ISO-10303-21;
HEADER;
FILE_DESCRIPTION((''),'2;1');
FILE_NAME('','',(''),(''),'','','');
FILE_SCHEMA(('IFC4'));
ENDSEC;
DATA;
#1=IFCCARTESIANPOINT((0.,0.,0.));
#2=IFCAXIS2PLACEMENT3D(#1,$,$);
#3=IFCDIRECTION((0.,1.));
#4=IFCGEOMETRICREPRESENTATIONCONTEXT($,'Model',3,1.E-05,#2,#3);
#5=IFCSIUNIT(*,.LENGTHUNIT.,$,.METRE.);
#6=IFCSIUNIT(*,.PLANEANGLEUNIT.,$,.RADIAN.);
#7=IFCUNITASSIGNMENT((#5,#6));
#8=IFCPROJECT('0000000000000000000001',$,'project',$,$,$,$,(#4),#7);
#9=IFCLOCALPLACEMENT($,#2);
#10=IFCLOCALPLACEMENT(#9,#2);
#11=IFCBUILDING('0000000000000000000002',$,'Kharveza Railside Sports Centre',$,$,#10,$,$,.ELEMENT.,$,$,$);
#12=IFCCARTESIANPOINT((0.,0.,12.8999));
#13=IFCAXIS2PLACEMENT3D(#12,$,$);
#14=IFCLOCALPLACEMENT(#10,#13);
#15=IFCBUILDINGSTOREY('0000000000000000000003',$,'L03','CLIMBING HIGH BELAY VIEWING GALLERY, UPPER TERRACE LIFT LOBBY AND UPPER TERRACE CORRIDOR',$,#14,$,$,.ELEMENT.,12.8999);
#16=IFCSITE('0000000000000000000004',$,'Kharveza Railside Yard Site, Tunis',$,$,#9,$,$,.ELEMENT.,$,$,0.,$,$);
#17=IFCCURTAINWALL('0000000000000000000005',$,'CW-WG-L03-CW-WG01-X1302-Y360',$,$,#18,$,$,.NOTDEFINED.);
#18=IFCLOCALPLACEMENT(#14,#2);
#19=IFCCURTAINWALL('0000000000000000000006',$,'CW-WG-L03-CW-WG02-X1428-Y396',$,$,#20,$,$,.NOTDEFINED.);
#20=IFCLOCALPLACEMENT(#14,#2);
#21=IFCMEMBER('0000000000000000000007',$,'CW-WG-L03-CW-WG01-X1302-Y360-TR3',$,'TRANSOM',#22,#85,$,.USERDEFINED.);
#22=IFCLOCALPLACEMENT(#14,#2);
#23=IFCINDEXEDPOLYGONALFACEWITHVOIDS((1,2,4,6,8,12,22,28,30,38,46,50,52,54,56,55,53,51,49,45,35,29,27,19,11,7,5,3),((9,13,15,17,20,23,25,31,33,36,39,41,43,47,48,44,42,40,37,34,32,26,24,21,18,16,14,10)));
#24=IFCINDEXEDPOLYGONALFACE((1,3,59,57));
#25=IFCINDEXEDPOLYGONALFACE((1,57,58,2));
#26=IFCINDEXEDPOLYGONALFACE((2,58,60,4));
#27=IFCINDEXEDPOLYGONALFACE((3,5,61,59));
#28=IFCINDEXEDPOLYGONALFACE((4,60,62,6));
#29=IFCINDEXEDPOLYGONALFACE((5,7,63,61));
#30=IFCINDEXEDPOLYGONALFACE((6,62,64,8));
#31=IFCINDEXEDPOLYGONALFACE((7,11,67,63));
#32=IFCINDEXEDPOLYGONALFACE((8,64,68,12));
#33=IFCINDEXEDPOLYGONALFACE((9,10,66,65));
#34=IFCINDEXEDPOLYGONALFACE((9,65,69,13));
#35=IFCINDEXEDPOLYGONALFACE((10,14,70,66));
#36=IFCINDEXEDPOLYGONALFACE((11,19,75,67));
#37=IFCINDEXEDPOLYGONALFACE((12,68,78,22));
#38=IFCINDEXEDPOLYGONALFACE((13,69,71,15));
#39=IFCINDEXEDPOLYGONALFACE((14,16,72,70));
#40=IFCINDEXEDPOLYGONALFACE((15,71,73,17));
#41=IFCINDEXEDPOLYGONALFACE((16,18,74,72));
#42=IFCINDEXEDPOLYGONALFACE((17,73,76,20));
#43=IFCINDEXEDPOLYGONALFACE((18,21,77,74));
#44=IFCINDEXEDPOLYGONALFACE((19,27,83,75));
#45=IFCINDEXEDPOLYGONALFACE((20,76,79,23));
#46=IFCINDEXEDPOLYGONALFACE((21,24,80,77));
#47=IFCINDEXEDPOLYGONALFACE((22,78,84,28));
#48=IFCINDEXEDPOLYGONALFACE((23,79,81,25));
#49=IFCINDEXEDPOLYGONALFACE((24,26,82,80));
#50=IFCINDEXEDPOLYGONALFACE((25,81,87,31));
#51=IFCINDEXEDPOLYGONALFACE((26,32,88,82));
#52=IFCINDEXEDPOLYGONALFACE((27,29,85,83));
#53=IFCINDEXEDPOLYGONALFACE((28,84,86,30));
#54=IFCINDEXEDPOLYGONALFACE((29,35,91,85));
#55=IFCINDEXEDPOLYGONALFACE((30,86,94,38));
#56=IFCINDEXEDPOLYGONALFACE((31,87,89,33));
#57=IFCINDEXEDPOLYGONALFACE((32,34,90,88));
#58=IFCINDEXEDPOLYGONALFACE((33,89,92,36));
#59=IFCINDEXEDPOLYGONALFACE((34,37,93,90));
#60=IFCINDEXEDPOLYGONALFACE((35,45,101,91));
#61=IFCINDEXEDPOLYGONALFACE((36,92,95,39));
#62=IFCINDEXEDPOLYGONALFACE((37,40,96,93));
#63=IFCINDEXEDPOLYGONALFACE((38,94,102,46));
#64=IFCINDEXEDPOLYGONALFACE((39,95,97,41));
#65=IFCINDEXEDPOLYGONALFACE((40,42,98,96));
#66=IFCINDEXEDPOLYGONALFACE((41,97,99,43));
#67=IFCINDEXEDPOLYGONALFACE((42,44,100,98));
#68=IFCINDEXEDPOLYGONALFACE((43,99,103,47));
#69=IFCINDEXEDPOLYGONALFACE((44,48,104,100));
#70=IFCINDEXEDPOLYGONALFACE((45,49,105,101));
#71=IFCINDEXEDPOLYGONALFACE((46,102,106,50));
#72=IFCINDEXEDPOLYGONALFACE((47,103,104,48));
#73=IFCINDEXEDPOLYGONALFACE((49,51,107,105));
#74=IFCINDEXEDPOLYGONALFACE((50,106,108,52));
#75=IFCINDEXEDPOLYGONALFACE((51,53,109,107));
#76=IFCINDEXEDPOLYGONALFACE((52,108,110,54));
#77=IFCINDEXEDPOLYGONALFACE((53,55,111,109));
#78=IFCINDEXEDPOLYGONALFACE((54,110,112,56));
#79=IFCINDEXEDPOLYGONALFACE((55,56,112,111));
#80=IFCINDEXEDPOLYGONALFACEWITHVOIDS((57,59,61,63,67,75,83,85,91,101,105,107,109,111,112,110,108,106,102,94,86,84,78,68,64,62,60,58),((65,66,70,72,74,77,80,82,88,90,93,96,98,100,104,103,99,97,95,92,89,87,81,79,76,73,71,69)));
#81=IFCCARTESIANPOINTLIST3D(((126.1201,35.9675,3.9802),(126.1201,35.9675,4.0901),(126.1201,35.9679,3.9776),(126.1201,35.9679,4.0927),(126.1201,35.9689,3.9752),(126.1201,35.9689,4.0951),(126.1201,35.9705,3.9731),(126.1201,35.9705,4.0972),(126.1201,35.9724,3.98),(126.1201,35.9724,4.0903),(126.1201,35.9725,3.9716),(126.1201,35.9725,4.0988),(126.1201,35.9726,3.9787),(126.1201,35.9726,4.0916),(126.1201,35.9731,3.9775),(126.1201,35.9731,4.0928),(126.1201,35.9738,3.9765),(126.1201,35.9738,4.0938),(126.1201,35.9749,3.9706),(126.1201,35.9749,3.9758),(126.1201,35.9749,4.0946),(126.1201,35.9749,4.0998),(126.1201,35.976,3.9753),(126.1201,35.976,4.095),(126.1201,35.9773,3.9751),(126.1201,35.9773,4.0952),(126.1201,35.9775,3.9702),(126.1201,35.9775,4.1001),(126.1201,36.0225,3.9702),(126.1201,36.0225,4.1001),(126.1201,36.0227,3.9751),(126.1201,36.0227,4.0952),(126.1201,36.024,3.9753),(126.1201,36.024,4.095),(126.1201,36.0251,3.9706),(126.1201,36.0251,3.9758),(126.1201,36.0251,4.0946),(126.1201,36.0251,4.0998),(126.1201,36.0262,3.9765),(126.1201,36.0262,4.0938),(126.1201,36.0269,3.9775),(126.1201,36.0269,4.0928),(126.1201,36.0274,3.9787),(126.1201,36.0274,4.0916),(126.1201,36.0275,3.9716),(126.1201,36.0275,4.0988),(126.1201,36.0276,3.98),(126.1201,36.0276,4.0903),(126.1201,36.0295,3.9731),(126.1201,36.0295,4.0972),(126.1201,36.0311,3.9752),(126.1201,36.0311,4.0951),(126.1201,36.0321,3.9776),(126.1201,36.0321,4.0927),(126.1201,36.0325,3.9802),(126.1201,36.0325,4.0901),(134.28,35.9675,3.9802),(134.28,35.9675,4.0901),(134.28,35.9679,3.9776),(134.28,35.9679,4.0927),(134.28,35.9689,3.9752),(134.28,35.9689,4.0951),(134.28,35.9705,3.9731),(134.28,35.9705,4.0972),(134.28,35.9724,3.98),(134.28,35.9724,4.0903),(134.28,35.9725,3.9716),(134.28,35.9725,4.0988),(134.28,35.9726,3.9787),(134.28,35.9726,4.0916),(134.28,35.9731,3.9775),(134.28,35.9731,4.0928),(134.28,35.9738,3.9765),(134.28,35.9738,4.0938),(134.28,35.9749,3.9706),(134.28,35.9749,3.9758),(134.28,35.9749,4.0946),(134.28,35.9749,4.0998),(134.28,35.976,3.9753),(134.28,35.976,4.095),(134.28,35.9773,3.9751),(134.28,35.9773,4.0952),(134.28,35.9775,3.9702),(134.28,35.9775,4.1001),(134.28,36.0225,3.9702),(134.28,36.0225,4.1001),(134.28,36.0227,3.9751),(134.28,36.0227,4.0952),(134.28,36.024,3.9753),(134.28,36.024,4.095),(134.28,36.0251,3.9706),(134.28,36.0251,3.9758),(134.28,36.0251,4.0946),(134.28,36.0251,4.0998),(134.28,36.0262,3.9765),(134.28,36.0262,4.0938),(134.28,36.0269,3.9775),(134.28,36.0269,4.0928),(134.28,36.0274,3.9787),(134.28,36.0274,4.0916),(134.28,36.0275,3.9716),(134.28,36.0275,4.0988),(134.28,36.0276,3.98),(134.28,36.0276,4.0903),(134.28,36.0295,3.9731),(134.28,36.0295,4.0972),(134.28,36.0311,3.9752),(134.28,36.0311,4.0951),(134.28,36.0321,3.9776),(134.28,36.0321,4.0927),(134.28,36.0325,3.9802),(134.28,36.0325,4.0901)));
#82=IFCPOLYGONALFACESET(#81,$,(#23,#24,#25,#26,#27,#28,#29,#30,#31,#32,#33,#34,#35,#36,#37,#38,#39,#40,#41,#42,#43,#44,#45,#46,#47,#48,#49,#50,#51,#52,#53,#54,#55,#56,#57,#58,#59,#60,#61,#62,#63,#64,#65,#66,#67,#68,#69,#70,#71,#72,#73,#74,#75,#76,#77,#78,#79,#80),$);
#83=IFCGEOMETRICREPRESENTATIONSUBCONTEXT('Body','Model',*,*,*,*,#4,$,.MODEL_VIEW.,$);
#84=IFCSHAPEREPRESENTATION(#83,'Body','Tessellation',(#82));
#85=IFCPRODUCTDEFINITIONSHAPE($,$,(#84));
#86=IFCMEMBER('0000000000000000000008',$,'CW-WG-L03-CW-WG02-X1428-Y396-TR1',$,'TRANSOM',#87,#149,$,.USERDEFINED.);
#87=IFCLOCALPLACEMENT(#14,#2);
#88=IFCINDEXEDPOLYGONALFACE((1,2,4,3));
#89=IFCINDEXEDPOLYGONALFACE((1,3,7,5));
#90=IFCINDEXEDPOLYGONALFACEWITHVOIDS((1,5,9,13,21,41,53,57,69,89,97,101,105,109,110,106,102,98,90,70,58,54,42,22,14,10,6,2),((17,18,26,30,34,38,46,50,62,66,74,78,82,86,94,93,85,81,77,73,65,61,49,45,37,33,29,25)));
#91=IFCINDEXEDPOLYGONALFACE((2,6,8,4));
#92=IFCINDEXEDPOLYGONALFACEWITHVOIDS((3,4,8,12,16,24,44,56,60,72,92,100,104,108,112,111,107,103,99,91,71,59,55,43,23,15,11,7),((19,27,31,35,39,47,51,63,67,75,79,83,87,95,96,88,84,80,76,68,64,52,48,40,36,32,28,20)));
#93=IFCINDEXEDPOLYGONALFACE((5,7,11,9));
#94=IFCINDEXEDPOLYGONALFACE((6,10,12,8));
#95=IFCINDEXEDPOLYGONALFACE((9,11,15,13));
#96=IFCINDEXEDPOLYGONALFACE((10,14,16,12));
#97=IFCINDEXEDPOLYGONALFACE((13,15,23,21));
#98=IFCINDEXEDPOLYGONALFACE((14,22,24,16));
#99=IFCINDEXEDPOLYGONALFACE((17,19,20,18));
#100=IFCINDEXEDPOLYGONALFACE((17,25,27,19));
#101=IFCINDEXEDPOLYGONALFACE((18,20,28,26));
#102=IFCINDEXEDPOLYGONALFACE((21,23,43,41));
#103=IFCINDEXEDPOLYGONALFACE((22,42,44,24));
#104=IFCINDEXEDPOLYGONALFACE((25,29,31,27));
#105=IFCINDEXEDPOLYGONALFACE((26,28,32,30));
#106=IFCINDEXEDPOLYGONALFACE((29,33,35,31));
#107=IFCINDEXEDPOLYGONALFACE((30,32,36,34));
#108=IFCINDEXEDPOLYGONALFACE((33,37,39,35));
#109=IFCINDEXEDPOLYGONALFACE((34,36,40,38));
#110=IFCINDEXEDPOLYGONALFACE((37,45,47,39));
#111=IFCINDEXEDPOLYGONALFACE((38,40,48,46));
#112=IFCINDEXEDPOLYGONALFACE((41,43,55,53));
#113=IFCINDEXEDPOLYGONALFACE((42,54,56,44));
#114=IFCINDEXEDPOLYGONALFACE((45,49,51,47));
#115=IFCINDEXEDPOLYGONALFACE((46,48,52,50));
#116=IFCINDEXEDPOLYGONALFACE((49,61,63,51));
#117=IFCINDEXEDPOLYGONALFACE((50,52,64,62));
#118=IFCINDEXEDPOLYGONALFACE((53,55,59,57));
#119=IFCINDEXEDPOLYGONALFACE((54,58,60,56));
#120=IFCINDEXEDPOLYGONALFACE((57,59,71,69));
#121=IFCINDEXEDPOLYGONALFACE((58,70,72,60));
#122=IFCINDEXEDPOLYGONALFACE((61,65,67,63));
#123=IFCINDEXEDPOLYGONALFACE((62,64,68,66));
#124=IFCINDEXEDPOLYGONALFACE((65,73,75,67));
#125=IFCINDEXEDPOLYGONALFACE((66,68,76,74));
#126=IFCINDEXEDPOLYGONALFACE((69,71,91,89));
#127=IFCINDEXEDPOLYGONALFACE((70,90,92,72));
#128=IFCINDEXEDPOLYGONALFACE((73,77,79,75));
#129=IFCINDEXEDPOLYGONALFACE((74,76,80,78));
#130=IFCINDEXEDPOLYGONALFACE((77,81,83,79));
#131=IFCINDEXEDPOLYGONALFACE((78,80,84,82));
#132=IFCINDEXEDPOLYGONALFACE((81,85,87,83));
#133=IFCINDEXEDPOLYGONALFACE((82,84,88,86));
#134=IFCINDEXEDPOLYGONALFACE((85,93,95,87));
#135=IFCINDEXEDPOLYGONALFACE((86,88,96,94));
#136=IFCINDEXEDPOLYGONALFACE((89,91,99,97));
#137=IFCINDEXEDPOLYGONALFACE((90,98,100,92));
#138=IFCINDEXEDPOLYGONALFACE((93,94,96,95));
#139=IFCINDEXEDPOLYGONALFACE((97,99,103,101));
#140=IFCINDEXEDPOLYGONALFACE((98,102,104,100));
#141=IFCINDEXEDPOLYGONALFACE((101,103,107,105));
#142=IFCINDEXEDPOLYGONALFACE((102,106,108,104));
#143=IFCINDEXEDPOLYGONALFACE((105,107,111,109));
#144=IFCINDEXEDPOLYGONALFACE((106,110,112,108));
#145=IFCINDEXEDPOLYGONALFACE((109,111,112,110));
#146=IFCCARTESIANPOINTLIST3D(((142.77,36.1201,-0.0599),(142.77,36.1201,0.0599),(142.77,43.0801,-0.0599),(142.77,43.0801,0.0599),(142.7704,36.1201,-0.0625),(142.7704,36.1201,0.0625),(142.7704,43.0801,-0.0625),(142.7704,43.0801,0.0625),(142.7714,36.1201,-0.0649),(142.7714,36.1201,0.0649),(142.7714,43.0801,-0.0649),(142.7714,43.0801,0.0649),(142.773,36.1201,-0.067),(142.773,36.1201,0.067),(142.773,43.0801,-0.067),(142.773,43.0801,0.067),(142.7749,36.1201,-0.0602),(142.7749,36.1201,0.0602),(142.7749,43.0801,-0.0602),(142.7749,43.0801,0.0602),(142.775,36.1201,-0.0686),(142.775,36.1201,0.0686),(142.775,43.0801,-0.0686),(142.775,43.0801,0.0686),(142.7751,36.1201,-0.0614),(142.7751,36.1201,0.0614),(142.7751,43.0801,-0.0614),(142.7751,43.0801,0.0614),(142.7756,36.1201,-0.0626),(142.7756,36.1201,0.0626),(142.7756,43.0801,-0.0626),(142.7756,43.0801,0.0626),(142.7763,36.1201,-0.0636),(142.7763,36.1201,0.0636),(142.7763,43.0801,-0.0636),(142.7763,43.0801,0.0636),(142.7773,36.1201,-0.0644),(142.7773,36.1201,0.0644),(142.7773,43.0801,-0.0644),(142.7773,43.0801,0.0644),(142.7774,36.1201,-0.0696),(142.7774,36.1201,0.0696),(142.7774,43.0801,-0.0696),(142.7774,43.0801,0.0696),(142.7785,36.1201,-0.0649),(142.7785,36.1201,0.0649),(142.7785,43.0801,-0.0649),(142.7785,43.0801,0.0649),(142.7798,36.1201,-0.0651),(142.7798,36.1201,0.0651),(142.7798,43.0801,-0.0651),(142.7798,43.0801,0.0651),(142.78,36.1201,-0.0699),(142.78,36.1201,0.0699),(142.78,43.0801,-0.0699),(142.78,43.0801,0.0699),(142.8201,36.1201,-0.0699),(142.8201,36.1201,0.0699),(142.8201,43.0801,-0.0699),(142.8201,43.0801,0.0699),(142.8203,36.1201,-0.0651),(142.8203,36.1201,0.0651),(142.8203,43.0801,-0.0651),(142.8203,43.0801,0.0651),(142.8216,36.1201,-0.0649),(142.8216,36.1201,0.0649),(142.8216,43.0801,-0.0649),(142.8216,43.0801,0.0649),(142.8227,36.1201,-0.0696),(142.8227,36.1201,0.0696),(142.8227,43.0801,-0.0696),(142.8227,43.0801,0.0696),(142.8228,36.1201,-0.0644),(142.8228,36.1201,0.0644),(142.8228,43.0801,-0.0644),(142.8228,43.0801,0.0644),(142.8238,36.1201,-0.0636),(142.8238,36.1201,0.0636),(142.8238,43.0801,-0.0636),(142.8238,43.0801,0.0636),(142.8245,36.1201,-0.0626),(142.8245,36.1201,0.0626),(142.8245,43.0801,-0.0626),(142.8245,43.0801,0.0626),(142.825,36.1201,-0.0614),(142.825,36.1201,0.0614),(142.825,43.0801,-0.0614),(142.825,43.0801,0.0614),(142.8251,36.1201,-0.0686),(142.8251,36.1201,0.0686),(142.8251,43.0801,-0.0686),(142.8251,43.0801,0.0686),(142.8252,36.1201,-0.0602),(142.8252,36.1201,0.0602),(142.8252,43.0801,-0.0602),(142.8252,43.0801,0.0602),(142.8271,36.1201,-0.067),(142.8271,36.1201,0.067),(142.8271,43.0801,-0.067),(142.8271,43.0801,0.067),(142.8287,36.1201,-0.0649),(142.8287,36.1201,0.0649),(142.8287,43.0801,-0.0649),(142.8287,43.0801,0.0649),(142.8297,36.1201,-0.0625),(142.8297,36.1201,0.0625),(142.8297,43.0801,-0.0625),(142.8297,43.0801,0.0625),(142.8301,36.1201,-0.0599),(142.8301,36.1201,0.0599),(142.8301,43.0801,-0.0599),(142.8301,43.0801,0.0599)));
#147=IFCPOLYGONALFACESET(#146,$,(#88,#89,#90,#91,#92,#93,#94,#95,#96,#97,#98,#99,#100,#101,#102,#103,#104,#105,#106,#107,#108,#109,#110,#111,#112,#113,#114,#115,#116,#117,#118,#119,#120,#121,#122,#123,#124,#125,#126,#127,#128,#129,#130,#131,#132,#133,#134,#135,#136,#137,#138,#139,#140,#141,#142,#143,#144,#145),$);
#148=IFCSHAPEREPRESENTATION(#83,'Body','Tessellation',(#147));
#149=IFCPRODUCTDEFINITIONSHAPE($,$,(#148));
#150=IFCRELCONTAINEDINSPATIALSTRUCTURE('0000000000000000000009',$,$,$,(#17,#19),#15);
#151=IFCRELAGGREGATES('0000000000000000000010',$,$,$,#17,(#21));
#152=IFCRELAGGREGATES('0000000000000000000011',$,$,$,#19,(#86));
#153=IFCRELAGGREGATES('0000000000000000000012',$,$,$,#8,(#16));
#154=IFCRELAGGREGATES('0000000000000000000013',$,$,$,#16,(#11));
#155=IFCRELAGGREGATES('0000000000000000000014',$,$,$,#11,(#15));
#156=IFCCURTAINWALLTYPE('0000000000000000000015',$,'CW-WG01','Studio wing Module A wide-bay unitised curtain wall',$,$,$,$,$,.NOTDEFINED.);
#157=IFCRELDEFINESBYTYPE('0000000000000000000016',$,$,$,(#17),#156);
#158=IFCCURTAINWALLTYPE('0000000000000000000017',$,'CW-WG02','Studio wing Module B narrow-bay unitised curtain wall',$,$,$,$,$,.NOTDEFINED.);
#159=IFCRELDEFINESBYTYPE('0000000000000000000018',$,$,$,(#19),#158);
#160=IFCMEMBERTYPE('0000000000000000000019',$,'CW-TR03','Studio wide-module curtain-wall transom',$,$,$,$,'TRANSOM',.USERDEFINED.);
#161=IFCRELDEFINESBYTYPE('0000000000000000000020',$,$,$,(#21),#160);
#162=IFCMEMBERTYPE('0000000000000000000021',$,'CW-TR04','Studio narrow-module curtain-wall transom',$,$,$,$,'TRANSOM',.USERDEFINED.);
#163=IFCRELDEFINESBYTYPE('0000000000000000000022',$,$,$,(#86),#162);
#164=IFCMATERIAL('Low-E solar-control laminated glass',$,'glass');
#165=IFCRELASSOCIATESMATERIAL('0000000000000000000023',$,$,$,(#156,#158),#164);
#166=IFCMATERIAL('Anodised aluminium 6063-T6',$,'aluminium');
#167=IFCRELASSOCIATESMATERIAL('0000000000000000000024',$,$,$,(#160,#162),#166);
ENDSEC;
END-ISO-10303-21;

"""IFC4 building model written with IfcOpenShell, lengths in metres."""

from ifc_helpers import new_model, si_unit, direction, frame, origin, origin_2d, place, context, subcontext, project, spatial, hollow_rectangle, extrude, material, material_profile, profile_set, type_object, element, aggregate, save


model = new_model("IFC4")

# Units and contexts
model_context = context("Model", 3, precision=1e-05, world=origin(), true_north=direction((0.0, 1.0)))
body_context = subcontext(model_context, "Body", "Model", "MODEL_VIEW")
ifc_project = project(units=[si_unit("LENGTHUNIT", "METRE"), si_unit("PLANEANGLEUNIT", "RADIAN")], contexts=[model_context])

# Site, building, storey
site_placement = place(None, origin())
site = spatial("IfcSite", under=ifc_project, at=site_placement, Name="Kharveza Railside Yard Site, Tunis", CompositionType="ELEMENT", RefElevation=0.0)
building_placement = place(site_placement, origin())
building = spatial("IfcBuilding", under=site, at=building_placement, Name="Kharveza Railside Sports Centre", CompositionType="ELEMENT")
storey_placement = place(building_placement, frame((0.0, 0.0, 12.8999)))
storey = spatial("IfcBuildingStorey", under=building, at=storey_placement, Name="L03", Description="CLIMBING HIGH BELAY VIEWING GALLERY, UPPER TERRACE LIFT LOBBY AND UPPER TERRACE CORRIDOR", CompositionType="ELEMENT", Elevation=12.8999)

# Curtain walls
ifc_material_1 = material(Name="Low-E solar-control laminated glass", Category="glass")
curtain_wall_type_1 = type_object("IfcCurtainWallType", Name="CW-WG01", Description="Studio wing Module A wide-bay unitised curtain wall", PredefinedType="NOTDEFINED", material=ifc_material_1)
curtain_wall_1_placement = place(storey_placement, origin())
curtain_wall_1 = element("IfcCurtainWall", 1, at=curtain_wall_1_placement, inside=storey, type_object=curtain_wall_type_1, Name="CW-WG-L03-CW-WG01-X1302-Y360", PredefinedType="NOTDEFINED")
ifc_material_2 = material(Name="Anodised aluminium 6063-T6", Category="aluminium")
curtain_wall_type_2 = type_object("IfcCurtainWallType", Name="CW-WG02", Description="Studio wing Module B narrow-bay unitised curtain wall", PredefinedType="NOTDEFINED", material=ifc_material_1)
curtain_wall_2_placement = place(storey_placement, origin())
curtain_wall_2 = element("IfcCurtainWall", 2, at=curtain_wall_2_placement, inside=storey, type_object=curtain_wall_type_2, Name="CW-WG-L03-CW-WG02-X1428-Y396", PredefinedType="NOTDEFINED")

# Members
ifc_material_profile_1 = material_profile(ifc_material_2, hollow_rectangle(XDim=0.0649, YDim=0.1299, WallThickness=0.0049, InnerFilletRadius=0.0049, OuterFilletRadius=0.01, at=origin_2d()), Name="RHS 65x130x5.0")
ifc_profile_set_1 = profile_set([ifc_material_profile_1], Name="Anodised aluminium 6063-T6")
member_type_1 = type_object("IfcMemberType", Name="CW-TR03", Description="Studio wide-module curtain-wall transom", ElementType="TRANSOM", PredefinedType="USERDEFINED", material=ifc_profile_set_1)
member_1_placement = place(storey_placement, frame((134.28, 36.0, 4.0352), z_axis=(-1.0, 0.0, 0.0), x_axis=(0.0, -1.0, 0.0)))
member_1 = element("IfcMember", 3, at=member_1_placement, type_object=member_type_1, Name="CW-WG-L03-CW-WG01-X1302-Y360-TR3", ObjectType="TRANSOM", PredefinedType="USERDEFINED", context=body_context, shape_type="SweptSolid", body=[
    extrude(hollow_rectangle(XDim=0.0649, YDim=0.1299, WallThickness=0.0049, InnerFilletRadius=0.0049, OuterFilletRadius=0.01, at=origin_2d()), origin(), (0.0, 0.0, 1.0), 8.1599),
])
ifc_material_profile_2 = material_profile(ifc_material_2, hollow_rectangle(XDim=0.0601, YDim=0.1399, WallThickness=0.0049, InnerFilletRadius=0.0049, OuterFilletRadius=0.01, at=origin_2d()), Name="RHS 60x140x5.0")
ifc_profile_set_2 = profile_set([ifc_material_profile_2], Name="Anodised aluminium 6063-T6")
member_type_2 = type_object("IfcMemberType", Name="CW-TR04", Description="Studio narrow-module curtain-wall transom", ElementType="TRANSOM", PredefinedType="USERDEFINED", material=ifc_profile_set_2)
member_2_placement = place(storey_placement, frame((142.8, 43.0801, 0.0), z_axis=(0.0, -1.0, 0.0), x_axis=(1.0, 0.0, 0.0)))
member_2 = element("IfcMember", 4, at=member_2_placement, type_object=member_type_2, Name="CW-WG-L03-CW-WG02-X1428-Y396-TR1", ObjectType="TRANSOM", PredefinedType="USERDEFINED", context=body_context, shape_type="SweptSolid", body=[
    extrude(hollow_rectangle(XDim=0.0601, YDim=0.1399, WallThickness=0.0049, InnerFilletRadius=0.0049, OuterFilletRadius=0.01, at=origin_2d()), origin(), (0.0, 0.0, 1.0), 6.96),
])

aggregate(curtain_wall_1, [member_1])
aggregate(curtain_wall_2, [member_2])

save(model, "model.ifc")
